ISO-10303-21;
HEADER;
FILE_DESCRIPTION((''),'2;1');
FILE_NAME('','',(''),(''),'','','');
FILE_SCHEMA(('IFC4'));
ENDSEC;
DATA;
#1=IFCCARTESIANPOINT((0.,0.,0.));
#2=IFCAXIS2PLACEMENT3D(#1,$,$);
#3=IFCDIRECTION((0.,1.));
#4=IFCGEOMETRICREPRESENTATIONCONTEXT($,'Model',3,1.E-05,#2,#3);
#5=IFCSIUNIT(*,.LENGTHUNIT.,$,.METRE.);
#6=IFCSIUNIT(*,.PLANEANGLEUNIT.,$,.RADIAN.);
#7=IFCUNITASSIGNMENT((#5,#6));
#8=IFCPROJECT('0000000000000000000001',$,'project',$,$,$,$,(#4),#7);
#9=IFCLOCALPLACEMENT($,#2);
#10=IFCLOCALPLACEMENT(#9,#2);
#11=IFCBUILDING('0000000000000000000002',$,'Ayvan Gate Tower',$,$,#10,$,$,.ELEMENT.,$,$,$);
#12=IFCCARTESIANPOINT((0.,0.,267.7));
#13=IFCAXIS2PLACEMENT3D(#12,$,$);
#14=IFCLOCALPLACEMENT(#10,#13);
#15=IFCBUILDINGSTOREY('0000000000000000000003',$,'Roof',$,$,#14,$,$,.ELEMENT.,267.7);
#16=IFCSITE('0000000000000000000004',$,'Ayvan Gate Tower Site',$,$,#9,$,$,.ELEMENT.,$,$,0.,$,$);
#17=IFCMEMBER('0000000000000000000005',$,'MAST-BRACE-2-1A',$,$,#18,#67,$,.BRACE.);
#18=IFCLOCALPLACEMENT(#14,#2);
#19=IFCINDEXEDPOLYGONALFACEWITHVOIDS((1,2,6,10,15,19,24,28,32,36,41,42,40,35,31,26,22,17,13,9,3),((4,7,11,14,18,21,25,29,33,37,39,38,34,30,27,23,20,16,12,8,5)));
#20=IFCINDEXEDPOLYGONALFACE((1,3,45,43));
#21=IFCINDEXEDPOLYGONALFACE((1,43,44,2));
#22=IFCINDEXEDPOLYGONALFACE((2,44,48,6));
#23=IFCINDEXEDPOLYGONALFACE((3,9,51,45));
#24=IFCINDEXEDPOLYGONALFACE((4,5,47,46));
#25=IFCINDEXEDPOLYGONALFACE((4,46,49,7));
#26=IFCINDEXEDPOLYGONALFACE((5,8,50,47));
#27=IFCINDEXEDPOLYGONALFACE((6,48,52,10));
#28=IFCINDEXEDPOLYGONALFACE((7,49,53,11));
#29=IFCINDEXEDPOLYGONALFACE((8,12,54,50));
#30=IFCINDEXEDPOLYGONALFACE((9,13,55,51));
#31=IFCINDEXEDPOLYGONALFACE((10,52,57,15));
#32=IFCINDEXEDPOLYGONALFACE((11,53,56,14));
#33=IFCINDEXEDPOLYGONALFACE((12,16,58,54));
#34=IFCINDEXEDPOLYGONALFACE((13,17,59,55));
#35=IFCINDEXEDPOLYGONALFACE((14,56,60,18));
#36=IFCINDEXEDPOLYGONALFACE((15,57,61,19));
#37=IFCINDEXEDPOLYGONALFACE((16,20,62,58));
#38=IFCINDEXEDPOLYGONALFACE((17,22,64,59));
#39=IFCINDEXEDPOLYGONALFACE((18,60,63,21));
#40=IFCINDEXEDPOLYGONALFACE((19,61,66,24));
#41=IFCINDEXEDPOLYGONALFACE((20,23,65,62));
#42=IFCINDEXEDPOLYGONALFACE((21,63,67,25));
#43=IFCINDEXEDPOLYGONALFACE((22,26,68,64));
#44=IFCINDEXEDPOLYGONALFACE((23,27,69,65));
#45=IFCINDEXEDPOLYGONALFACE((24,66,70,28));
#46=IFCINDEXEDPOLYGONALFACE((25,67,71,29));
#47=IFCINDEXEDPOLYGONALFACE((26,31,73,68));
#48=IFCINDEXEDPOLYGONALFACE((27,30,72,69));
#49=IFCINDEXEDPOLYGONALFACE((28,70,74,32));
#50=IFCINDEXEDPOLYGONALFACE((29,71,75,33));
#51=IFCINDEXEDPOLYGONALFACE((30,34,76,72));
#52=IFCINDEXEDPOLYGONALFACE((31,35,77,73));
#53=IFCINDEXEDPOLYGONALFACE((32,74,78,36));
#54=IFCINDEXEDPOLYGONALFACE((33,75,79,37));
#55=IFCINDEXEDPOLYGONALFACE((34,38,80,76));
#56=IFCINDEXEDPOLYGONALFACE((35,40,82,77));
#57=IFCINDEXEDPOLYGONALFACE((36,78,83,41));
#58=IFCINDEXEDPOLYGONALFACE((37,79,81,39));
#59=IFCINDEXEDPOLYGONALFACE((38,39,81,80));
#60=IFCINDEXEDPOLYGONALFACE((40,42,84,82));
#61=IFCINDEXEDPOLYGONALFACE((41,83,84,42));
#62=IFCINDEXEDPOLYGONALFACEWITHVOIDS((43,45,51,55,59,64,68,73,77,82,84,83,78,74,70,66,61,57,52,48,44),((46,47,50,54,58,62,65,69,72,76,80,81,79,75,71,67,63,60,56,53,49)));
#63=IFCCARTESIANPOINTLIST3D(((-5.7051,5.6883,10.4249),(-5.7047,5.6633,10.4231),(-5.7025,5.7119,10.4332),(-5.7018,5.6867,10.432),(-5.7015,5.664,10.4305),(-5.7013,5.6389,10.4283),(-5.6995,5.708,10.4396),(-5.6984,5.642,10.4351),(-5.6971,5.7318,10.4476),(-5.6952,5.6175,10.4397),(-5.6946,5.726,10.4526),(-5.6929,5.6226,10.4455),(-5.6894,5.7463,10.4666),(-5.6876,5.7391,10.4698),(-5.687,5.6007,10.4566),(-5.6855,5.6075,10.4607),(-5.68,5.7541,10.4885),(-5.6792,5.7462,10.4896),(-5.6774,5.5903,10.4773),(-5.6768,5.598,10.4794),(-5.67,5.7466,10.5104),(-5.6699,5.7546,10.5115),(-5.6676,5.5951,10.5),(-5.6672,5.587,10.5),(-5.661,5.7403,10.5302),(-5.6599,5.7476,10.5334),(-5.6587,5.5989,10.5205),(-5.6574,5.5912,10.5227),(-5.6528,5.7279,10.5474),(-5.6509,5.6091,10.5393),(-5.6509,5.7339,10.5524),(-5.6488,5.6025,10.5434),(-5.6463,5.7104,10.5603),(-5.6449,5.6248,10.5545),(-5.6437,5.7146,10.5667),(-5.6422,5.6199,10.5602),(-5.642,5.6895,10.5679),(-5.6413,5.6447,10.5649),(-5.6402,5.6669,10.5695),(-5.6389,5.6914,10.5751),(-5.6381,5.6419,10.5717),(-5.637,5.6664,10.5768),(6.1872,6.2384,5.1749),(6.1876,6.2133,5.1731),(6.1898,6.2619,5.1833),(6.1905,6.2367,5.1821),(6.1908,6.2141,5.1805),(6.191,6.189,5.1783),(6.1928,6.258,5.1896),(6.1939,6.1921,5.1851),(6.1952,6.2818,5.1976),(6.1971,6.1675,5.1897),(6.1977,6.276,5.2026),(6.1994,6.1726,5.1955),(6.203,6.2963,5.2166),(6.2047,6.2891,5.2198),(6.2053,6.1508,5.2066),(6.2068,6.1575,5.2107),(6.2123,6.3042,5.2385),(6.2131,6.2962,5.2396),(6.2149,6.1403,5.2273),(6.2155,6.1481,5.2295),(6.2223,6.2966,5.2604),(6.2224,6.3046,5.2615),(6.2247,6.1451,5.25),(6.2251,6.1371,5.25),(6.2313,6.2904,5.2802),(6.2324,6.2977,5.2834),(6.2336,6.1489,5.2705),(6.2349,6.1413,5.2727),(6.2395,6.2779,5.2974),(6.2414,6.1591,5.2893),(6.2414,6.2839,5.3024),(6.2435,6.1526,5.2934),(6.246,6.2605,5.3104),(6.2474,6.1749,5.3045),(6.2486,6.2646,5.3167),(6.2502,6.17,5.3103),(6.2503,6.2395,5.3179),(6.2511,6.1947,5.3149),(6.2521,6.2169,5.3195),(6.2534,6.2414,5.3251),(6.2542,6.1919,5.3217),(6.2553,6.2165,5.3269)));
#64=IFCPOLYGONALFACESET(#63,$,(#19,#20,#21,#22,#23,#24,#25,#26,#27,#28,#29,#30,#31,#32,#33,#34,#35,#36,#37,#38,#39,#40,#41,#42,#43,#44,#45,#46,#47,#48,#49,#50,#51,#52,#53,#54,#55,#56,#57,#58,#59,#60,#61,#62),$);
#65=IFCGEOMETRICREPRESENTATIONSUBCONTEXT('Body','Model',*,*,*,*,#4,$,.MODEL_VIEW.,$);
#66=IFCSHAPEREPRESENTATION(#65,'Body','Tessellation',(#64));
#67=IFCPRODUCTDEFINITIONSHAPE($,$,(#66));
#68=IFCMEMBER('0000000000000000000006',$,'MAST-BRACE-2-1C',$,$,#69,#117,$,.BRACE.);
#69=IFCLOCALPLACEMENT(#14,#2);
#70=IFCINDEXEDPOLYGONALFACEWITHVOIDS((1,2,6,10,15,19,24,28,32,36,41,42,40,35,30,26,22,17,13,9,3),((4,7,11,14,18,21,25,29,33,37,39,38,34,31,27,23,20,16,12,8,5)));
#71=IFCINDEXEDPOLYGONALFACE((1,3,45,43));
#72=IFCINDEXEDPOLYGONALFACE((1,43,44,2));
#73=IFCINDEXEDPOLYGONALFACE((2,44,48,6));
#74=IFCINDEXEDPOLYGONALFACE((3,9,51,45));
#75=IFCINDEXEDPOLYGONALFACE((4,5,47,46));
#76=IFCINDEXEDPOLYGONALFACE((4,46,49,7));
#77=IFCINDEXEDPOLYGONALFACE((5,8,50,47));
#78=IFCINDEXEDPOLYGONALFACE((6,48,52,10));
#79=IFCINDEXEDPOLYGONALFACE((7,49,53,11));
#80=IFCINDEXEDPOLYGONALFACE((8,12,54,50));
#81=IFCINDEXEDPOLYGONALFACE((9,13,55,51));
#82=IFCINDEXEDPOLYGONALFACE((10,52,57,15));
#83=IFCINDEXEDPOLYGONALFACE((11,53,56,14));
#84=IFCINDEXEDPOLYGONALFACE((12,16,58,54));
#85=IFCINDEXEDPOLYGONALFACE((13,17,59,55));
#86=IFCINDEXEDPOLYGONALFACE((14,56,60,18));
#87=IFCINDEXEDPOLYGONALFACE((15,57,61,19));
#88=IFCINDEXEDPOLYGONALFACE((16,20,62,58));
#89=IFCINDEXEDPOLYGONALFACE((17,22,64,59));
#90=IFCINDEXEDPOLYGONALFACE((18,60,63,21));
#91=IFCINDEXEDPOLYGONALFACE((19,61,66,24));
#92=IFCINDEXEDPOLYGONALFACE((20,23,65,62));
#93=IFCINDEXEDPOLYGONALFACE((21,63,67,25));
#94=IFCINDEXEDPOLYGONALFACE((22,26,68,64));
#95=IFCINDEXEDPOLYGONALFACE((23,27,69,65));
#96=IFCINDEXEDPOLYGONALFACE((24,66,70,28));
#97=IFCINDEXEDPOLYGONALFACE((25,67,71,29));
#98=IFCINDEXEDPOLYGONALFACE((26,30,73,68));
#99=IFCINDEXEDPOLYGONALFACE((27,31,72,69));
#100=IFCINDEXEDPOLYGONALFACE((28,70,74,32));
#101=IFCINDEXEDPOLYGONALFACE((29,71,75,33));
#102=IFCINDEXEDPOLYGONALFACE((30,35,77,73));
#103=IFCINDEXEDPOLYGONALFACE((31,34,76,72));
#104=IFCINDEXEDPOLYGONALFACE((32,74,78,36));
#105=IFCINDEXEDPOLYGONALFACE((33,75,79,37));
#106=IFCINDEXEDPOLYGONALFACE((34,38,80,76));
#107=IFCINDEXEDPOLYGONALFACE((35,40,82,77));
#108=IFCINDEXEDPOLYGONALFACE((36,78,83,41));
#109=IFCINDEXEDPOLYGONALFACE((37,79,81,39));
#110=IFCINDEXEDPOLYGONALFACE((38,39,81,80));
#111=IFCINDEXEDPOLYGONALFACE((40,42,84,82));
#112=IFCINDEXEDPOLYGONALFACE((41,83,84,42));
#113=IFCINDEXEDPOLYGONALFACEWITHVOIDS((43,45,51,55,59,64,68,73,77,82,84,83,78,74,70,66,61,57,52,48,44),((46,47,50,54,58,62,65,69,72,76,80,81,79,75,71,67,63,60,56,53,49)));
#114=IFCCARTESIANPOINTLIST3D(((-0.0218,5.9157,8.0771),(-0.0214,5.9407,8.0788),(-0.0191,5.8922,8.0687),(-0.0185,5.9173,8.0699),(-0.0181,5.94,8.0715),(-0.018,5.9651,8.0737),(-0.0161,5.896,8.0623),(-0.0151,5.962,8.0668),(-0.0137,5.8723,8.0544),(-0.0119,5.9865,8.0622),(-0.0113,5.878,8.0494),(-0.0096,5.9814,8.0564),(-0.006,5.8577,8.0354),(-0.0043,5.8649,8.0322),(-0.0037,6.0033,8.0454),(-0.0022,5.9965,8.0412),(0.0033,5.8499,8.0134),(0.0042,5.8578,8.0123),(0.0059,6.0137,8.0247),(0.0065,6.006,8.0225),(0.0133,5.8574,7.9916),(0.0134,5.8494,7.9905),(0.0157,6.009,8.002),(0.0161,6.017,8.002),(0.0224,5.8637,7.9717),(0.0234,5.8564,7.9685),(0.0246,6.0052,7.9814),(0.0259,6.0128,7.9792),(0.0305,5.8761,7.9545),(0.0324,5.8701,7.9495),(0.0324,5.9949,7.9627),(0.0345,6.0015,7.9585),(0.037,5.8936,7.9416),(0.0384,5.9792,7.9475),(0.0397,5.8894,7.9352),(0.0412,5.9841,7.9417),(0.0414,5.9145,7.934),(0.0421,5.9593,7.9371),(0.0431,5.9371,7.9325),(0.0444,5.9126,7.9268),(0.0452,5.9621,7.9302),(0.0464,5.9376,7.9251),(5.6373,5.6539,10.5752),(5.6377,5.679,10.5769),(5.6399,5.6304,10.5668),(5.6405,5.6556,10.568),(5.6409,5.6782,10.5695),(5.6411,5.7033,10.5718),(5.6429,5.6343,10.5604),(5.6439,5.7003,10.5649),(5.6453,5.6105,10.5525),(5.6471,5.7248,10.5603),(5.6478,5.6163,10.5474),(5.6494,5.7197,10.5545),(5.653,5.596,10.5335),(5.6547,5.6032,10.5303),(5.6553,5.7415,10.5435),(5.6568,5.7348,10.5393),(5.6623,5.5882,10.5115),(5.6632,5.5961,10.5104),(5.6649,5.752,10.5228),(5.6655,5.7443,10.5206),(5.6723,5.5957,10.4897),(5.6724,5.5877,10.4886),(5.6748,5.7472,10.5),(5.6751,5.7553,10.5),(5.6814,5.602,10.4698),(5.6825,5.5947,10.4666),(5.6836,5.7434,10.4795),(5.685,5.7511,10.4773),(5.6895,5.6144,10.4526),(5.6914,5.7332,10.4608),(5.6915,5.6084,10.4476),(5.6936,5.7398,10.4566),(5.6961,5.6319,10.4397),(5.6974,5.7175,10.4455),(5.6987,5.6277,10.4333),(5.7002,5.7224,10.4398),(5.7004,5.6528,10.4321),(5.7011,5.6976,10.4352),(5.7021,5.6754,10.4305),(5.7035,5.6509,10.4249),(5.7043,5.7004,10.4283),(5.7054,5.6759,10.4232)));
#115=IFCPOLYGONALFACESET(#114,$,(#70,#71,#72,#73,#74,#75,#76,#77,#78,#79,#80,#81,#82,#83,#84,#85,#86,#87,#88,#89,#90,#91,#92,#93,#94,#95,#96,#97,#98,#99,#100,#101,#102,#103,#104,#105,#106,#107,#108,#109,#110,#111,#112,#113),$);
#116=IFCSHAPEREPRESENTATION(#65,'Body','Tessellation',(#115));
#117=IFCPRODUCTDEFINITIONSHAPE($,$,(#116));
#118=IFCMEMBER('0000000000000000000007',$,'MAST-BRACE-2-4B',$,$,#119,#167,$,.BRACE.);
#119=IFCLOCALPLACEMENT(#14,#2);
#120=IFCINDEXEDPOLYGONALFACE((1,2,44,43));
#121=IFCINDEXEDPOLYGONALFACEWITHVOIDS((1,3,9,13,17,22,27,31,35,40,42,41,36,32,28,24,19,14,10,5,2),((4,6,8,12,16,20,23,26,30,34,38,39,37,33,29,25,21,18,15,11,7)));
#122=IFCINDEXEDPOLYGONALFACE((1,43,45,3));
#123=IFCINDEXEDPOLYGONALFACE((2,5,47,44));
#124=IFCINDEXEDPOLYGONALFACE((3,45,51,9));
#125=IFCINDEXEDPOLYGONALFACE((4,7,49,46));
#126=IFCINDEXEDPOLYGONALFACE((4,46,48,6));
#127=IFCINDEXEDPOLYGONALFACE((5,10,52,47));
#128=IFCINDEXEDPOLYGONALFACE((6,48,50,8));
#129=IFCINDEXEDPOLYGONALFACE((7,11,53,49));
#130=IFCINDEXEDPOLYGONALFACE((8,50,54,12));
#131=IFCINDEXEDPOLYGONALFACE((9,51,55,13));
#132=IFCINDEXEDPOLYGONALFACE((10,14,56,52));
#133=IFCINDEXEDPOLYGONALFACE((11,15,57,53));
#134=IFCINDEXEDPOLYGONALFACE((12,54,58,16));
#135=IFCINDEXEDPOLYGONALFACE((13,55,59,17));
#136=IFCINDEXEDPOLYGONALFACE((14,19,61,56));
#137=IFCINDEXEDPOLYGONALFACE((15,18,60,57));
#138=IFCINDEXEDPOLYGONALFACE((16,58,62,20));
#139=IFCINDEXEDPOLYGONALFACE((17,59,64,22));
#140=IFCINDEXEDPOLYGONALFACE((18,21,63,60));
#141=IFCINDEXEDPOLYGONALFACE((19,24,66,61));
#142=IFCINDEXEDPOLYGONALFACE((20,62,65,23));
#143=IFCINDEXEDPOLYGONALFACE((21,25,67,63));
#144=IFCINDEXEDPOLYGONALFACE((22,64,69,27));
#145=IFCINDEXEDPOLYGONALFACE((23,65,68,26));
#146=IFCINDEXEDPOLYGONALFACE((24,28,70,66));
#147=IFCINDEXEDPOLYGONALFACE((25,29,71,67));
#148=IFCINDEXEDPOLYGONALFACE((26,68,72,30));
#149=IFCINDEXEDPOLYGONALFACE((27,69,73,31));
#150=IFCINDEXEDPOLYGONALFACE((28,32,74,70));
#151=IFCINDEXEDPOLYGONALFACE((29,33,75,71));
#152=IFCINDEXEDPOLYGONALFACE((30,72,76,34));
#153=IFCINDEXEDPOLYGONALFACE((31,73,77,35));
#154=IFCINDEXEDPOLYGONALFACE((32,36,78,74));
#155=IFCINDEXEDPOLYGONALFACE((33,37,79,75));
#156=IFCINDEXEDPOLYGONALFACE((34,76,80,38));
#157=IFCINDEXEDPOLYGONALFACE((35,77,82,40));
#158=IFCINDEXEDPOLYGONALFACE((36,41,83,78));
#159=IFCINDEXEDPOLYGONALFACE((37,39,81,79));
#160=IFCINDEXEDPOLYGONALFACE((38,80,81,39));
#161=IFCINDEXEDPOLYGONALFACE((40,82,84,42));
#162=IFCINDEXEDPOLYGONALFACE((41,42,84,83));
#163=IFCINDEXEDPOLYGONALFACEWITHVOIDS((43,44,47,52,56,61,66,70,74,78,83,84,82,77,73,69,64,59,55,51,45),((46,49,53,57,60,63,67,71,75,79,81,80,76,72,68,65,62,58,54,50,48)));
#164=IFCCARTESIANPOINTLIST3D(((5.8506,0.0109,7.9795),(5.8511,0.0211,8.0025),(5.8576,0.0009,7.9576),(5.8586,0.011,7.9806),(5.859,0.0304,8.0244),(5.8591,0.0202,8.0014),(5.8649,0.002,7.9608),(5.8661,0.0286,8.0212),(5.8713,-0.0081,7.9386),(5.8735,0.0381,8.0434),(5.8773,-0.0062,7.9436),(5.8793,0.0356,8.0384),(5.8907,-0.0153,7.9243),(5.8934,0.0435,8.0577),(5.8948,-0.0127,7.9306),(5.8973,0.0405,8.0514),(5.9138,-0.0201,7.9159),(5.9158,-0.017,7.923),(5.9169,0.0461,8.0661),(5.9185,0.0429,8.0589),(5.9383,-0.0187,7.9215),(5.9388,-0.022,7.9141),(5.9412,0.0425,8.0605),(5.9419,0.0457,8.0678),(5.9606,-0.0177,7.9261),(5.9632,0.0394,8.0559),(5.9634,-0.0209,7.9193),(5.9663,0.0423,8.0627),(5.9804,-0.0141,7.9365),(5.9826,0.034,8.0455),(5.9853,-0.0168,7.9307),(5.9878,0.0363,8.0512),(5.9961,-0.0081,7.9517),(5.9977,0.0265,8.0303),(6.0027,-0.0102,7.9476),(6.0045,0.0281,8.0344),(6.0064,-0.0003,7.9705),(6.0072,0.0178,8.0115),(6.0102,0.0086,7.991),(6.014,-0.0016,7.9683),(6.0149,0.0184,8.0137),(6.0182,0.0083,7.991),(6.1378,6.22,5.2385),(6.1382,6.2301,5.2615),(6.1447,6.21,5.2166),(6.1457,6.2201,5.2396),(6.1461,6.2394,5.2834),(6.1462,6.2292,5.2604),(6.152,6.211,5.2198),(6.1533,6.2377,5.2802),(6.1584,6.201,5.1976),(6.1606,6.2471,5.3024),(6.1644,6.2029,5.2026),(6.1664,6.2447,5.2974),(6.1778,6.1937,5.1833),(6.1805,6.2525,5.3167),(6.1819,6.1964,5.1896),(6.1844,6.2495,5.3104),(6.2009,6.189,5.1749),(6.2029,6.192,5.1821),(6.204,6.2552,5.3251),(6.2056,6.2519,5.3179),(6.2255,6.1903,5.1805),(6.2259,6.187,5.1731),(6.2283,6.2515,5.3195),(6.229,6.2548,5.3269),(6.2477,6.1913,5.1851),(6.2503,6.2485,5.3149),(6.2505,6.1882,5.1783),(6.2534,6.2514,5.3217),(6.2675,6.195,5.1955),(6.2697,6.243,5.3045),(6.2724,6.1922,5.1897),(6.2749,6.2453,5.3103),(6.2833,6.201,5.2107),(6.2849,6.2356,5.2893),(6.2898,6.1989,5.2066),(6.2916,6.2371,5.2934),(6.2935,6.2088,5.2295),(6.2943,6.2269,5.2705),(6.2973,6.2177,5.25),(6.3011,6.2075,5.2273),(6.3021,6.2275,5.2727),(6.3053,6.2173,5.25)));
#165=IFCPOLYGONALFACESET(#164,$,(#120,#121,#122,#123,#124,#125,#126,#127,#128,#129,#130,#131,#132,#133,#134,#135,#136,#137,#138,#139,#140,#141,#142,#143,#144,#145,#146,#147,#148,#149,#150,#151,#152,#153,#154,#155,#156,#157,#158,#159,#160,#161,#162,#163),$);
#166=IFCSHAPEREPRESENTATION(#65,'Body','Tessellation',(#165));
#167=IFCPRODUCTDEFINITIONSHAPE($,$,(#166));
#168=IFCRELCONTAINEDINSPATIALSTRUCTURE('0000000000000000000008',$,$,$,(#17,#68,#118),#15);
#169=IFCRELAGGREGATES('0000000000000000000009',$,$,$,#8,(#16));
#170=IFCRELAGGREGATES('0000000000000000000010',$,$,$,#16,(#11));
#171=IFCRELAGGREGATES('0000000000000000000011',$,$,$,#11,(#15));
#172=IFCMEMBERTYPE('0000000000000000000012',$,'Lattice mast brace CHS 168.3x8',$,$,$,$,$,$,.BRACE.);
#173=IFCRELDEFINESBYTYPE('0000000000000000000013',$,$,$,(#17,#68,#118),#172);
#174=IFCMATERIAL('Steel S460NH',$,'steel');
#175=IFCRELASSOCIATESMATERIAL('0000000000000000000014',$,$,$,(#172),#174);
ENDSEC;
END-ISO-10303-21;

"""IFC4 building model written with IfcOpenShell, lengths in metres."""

from ifc_helpers import new_model, si_unit, direction, frame, origin, origin_2d, place, context, subcontext, project, spatial, hollow_circle, extrude, material, material_profile, profile_set, type_object, element, save


model = new_model("IFC4")

# Units and contexts
model_context = context("Model", 3, precision=1e-05, world=origin(), true_north=direction((0.0, 1.0)))
body_context = subcontext(model_context, "Body", "Model", "MODEL_VIEW")
ifc_project = project(units=[si_unit("LENGTHUNIT", "METRE"), si_unit("PLANEANGLEUNIT", "RADIAN")], contexts=[model_context])

# Site, building, storey
site_placement = place(None, origin())
site = spatial("IfcSite", under=ifc_project, at=site_placement, Name="Ayvan Gate Tower Site", CompositionType="ELEMENT", RefElevation=0.0)
building_placement = place(site_placement, origin())
building = spatial("IfcBuilding", under=site, at=building_placement, Name="Ayvan Gate Tower", CompositionType="ELEMENT")
storey_placement = place(building_placement, frame((0.0, 0.0, 267.7)))
storey = spatial("IfcBuildingStorey", under=building, at=storey_placement, Name="Roof", CompositionType="ELEMENT", Elevation=267.7)

# Members
ifc_material_1 = material(Name="Steel S460NH", Category="steel")
ifc_material_profile_1 = material_profile(ifc_material_1, hollow_circle(Radius=0.0842, WallThickness=0.0081, at=origin_2d()), Name="CHS 168.3x8")
ifc_profile_set_1 = profile_set([ifc_material_profile_1], Name="Steel S460NH")
member_type_1 = type_object("IfcMemberType", Name="Lattice mast brace CHS 168.3x8", PredefinedType="BRACE", material=ifc_profile_set_1)
member_1_placement = place(storey_placement, frame((6.2212, 6.2212, 5.25), z_axis=(-0.914004, -0.042275, 0.403497), x_axis=(0.046203, -0.998932, 0.0)))
element("IfcMember", 1, at=member_1_placement, inside=storey, type_object=member_type_1, Name="MAST-BRACE-2-1A", PredefinedType="BRACE", context=body_context, shape_type="SweptSolid", body=[
    extrude(hollow_circle(Radius=0.0842, WallThickness=0.0081, at=origin_2d()), origin(), (0.0, 0.0, 1.0), 13.0112),
])
member_2_placement = place(storey_placement, frame((0.0122, 5.9329, 8.002), z_axis=(0.914013, -0.042272, 0.403476), x_axis=(0.046199, 0.998932, 0.0)))
element("IfcMember", 2, at=member_2_placement, inside=storey, type_object=member_type_1, Name="MAST-BRACE-2-1C", PredefinedType="BRACE", context=body_context, shape_type="SweptSolid", body=[
    extrude(hollow_circle(Radius=0.0842, WallThickness=0.0081, at=origin_2d()), origin(), (0.0, 0.0, 1.0), 6.1914),
])
member_3_placement = place(storey_placement, frame((6.2212, 6.2212, 5.25), z_axis=(-0.042265, -0.914007, 0.40349), x_axis=(0.998933, -0.046192, 0.0)))
element("IfcMember", 3, at=member_3_placement, inside=storey, type_object=member_type_1, Name="MAST-BRACE-2-4B", PredefinedType="BRACE", context=body_context, shape_type="SweptSolid", body=[
    extrude(hollow_circle(Radius=0.0842, WallThickness=0.0081, at=origin_2d()), origin(), (0.0, 0.0, 1.0), 6.7932),
])

save(model, "model.ifc")
